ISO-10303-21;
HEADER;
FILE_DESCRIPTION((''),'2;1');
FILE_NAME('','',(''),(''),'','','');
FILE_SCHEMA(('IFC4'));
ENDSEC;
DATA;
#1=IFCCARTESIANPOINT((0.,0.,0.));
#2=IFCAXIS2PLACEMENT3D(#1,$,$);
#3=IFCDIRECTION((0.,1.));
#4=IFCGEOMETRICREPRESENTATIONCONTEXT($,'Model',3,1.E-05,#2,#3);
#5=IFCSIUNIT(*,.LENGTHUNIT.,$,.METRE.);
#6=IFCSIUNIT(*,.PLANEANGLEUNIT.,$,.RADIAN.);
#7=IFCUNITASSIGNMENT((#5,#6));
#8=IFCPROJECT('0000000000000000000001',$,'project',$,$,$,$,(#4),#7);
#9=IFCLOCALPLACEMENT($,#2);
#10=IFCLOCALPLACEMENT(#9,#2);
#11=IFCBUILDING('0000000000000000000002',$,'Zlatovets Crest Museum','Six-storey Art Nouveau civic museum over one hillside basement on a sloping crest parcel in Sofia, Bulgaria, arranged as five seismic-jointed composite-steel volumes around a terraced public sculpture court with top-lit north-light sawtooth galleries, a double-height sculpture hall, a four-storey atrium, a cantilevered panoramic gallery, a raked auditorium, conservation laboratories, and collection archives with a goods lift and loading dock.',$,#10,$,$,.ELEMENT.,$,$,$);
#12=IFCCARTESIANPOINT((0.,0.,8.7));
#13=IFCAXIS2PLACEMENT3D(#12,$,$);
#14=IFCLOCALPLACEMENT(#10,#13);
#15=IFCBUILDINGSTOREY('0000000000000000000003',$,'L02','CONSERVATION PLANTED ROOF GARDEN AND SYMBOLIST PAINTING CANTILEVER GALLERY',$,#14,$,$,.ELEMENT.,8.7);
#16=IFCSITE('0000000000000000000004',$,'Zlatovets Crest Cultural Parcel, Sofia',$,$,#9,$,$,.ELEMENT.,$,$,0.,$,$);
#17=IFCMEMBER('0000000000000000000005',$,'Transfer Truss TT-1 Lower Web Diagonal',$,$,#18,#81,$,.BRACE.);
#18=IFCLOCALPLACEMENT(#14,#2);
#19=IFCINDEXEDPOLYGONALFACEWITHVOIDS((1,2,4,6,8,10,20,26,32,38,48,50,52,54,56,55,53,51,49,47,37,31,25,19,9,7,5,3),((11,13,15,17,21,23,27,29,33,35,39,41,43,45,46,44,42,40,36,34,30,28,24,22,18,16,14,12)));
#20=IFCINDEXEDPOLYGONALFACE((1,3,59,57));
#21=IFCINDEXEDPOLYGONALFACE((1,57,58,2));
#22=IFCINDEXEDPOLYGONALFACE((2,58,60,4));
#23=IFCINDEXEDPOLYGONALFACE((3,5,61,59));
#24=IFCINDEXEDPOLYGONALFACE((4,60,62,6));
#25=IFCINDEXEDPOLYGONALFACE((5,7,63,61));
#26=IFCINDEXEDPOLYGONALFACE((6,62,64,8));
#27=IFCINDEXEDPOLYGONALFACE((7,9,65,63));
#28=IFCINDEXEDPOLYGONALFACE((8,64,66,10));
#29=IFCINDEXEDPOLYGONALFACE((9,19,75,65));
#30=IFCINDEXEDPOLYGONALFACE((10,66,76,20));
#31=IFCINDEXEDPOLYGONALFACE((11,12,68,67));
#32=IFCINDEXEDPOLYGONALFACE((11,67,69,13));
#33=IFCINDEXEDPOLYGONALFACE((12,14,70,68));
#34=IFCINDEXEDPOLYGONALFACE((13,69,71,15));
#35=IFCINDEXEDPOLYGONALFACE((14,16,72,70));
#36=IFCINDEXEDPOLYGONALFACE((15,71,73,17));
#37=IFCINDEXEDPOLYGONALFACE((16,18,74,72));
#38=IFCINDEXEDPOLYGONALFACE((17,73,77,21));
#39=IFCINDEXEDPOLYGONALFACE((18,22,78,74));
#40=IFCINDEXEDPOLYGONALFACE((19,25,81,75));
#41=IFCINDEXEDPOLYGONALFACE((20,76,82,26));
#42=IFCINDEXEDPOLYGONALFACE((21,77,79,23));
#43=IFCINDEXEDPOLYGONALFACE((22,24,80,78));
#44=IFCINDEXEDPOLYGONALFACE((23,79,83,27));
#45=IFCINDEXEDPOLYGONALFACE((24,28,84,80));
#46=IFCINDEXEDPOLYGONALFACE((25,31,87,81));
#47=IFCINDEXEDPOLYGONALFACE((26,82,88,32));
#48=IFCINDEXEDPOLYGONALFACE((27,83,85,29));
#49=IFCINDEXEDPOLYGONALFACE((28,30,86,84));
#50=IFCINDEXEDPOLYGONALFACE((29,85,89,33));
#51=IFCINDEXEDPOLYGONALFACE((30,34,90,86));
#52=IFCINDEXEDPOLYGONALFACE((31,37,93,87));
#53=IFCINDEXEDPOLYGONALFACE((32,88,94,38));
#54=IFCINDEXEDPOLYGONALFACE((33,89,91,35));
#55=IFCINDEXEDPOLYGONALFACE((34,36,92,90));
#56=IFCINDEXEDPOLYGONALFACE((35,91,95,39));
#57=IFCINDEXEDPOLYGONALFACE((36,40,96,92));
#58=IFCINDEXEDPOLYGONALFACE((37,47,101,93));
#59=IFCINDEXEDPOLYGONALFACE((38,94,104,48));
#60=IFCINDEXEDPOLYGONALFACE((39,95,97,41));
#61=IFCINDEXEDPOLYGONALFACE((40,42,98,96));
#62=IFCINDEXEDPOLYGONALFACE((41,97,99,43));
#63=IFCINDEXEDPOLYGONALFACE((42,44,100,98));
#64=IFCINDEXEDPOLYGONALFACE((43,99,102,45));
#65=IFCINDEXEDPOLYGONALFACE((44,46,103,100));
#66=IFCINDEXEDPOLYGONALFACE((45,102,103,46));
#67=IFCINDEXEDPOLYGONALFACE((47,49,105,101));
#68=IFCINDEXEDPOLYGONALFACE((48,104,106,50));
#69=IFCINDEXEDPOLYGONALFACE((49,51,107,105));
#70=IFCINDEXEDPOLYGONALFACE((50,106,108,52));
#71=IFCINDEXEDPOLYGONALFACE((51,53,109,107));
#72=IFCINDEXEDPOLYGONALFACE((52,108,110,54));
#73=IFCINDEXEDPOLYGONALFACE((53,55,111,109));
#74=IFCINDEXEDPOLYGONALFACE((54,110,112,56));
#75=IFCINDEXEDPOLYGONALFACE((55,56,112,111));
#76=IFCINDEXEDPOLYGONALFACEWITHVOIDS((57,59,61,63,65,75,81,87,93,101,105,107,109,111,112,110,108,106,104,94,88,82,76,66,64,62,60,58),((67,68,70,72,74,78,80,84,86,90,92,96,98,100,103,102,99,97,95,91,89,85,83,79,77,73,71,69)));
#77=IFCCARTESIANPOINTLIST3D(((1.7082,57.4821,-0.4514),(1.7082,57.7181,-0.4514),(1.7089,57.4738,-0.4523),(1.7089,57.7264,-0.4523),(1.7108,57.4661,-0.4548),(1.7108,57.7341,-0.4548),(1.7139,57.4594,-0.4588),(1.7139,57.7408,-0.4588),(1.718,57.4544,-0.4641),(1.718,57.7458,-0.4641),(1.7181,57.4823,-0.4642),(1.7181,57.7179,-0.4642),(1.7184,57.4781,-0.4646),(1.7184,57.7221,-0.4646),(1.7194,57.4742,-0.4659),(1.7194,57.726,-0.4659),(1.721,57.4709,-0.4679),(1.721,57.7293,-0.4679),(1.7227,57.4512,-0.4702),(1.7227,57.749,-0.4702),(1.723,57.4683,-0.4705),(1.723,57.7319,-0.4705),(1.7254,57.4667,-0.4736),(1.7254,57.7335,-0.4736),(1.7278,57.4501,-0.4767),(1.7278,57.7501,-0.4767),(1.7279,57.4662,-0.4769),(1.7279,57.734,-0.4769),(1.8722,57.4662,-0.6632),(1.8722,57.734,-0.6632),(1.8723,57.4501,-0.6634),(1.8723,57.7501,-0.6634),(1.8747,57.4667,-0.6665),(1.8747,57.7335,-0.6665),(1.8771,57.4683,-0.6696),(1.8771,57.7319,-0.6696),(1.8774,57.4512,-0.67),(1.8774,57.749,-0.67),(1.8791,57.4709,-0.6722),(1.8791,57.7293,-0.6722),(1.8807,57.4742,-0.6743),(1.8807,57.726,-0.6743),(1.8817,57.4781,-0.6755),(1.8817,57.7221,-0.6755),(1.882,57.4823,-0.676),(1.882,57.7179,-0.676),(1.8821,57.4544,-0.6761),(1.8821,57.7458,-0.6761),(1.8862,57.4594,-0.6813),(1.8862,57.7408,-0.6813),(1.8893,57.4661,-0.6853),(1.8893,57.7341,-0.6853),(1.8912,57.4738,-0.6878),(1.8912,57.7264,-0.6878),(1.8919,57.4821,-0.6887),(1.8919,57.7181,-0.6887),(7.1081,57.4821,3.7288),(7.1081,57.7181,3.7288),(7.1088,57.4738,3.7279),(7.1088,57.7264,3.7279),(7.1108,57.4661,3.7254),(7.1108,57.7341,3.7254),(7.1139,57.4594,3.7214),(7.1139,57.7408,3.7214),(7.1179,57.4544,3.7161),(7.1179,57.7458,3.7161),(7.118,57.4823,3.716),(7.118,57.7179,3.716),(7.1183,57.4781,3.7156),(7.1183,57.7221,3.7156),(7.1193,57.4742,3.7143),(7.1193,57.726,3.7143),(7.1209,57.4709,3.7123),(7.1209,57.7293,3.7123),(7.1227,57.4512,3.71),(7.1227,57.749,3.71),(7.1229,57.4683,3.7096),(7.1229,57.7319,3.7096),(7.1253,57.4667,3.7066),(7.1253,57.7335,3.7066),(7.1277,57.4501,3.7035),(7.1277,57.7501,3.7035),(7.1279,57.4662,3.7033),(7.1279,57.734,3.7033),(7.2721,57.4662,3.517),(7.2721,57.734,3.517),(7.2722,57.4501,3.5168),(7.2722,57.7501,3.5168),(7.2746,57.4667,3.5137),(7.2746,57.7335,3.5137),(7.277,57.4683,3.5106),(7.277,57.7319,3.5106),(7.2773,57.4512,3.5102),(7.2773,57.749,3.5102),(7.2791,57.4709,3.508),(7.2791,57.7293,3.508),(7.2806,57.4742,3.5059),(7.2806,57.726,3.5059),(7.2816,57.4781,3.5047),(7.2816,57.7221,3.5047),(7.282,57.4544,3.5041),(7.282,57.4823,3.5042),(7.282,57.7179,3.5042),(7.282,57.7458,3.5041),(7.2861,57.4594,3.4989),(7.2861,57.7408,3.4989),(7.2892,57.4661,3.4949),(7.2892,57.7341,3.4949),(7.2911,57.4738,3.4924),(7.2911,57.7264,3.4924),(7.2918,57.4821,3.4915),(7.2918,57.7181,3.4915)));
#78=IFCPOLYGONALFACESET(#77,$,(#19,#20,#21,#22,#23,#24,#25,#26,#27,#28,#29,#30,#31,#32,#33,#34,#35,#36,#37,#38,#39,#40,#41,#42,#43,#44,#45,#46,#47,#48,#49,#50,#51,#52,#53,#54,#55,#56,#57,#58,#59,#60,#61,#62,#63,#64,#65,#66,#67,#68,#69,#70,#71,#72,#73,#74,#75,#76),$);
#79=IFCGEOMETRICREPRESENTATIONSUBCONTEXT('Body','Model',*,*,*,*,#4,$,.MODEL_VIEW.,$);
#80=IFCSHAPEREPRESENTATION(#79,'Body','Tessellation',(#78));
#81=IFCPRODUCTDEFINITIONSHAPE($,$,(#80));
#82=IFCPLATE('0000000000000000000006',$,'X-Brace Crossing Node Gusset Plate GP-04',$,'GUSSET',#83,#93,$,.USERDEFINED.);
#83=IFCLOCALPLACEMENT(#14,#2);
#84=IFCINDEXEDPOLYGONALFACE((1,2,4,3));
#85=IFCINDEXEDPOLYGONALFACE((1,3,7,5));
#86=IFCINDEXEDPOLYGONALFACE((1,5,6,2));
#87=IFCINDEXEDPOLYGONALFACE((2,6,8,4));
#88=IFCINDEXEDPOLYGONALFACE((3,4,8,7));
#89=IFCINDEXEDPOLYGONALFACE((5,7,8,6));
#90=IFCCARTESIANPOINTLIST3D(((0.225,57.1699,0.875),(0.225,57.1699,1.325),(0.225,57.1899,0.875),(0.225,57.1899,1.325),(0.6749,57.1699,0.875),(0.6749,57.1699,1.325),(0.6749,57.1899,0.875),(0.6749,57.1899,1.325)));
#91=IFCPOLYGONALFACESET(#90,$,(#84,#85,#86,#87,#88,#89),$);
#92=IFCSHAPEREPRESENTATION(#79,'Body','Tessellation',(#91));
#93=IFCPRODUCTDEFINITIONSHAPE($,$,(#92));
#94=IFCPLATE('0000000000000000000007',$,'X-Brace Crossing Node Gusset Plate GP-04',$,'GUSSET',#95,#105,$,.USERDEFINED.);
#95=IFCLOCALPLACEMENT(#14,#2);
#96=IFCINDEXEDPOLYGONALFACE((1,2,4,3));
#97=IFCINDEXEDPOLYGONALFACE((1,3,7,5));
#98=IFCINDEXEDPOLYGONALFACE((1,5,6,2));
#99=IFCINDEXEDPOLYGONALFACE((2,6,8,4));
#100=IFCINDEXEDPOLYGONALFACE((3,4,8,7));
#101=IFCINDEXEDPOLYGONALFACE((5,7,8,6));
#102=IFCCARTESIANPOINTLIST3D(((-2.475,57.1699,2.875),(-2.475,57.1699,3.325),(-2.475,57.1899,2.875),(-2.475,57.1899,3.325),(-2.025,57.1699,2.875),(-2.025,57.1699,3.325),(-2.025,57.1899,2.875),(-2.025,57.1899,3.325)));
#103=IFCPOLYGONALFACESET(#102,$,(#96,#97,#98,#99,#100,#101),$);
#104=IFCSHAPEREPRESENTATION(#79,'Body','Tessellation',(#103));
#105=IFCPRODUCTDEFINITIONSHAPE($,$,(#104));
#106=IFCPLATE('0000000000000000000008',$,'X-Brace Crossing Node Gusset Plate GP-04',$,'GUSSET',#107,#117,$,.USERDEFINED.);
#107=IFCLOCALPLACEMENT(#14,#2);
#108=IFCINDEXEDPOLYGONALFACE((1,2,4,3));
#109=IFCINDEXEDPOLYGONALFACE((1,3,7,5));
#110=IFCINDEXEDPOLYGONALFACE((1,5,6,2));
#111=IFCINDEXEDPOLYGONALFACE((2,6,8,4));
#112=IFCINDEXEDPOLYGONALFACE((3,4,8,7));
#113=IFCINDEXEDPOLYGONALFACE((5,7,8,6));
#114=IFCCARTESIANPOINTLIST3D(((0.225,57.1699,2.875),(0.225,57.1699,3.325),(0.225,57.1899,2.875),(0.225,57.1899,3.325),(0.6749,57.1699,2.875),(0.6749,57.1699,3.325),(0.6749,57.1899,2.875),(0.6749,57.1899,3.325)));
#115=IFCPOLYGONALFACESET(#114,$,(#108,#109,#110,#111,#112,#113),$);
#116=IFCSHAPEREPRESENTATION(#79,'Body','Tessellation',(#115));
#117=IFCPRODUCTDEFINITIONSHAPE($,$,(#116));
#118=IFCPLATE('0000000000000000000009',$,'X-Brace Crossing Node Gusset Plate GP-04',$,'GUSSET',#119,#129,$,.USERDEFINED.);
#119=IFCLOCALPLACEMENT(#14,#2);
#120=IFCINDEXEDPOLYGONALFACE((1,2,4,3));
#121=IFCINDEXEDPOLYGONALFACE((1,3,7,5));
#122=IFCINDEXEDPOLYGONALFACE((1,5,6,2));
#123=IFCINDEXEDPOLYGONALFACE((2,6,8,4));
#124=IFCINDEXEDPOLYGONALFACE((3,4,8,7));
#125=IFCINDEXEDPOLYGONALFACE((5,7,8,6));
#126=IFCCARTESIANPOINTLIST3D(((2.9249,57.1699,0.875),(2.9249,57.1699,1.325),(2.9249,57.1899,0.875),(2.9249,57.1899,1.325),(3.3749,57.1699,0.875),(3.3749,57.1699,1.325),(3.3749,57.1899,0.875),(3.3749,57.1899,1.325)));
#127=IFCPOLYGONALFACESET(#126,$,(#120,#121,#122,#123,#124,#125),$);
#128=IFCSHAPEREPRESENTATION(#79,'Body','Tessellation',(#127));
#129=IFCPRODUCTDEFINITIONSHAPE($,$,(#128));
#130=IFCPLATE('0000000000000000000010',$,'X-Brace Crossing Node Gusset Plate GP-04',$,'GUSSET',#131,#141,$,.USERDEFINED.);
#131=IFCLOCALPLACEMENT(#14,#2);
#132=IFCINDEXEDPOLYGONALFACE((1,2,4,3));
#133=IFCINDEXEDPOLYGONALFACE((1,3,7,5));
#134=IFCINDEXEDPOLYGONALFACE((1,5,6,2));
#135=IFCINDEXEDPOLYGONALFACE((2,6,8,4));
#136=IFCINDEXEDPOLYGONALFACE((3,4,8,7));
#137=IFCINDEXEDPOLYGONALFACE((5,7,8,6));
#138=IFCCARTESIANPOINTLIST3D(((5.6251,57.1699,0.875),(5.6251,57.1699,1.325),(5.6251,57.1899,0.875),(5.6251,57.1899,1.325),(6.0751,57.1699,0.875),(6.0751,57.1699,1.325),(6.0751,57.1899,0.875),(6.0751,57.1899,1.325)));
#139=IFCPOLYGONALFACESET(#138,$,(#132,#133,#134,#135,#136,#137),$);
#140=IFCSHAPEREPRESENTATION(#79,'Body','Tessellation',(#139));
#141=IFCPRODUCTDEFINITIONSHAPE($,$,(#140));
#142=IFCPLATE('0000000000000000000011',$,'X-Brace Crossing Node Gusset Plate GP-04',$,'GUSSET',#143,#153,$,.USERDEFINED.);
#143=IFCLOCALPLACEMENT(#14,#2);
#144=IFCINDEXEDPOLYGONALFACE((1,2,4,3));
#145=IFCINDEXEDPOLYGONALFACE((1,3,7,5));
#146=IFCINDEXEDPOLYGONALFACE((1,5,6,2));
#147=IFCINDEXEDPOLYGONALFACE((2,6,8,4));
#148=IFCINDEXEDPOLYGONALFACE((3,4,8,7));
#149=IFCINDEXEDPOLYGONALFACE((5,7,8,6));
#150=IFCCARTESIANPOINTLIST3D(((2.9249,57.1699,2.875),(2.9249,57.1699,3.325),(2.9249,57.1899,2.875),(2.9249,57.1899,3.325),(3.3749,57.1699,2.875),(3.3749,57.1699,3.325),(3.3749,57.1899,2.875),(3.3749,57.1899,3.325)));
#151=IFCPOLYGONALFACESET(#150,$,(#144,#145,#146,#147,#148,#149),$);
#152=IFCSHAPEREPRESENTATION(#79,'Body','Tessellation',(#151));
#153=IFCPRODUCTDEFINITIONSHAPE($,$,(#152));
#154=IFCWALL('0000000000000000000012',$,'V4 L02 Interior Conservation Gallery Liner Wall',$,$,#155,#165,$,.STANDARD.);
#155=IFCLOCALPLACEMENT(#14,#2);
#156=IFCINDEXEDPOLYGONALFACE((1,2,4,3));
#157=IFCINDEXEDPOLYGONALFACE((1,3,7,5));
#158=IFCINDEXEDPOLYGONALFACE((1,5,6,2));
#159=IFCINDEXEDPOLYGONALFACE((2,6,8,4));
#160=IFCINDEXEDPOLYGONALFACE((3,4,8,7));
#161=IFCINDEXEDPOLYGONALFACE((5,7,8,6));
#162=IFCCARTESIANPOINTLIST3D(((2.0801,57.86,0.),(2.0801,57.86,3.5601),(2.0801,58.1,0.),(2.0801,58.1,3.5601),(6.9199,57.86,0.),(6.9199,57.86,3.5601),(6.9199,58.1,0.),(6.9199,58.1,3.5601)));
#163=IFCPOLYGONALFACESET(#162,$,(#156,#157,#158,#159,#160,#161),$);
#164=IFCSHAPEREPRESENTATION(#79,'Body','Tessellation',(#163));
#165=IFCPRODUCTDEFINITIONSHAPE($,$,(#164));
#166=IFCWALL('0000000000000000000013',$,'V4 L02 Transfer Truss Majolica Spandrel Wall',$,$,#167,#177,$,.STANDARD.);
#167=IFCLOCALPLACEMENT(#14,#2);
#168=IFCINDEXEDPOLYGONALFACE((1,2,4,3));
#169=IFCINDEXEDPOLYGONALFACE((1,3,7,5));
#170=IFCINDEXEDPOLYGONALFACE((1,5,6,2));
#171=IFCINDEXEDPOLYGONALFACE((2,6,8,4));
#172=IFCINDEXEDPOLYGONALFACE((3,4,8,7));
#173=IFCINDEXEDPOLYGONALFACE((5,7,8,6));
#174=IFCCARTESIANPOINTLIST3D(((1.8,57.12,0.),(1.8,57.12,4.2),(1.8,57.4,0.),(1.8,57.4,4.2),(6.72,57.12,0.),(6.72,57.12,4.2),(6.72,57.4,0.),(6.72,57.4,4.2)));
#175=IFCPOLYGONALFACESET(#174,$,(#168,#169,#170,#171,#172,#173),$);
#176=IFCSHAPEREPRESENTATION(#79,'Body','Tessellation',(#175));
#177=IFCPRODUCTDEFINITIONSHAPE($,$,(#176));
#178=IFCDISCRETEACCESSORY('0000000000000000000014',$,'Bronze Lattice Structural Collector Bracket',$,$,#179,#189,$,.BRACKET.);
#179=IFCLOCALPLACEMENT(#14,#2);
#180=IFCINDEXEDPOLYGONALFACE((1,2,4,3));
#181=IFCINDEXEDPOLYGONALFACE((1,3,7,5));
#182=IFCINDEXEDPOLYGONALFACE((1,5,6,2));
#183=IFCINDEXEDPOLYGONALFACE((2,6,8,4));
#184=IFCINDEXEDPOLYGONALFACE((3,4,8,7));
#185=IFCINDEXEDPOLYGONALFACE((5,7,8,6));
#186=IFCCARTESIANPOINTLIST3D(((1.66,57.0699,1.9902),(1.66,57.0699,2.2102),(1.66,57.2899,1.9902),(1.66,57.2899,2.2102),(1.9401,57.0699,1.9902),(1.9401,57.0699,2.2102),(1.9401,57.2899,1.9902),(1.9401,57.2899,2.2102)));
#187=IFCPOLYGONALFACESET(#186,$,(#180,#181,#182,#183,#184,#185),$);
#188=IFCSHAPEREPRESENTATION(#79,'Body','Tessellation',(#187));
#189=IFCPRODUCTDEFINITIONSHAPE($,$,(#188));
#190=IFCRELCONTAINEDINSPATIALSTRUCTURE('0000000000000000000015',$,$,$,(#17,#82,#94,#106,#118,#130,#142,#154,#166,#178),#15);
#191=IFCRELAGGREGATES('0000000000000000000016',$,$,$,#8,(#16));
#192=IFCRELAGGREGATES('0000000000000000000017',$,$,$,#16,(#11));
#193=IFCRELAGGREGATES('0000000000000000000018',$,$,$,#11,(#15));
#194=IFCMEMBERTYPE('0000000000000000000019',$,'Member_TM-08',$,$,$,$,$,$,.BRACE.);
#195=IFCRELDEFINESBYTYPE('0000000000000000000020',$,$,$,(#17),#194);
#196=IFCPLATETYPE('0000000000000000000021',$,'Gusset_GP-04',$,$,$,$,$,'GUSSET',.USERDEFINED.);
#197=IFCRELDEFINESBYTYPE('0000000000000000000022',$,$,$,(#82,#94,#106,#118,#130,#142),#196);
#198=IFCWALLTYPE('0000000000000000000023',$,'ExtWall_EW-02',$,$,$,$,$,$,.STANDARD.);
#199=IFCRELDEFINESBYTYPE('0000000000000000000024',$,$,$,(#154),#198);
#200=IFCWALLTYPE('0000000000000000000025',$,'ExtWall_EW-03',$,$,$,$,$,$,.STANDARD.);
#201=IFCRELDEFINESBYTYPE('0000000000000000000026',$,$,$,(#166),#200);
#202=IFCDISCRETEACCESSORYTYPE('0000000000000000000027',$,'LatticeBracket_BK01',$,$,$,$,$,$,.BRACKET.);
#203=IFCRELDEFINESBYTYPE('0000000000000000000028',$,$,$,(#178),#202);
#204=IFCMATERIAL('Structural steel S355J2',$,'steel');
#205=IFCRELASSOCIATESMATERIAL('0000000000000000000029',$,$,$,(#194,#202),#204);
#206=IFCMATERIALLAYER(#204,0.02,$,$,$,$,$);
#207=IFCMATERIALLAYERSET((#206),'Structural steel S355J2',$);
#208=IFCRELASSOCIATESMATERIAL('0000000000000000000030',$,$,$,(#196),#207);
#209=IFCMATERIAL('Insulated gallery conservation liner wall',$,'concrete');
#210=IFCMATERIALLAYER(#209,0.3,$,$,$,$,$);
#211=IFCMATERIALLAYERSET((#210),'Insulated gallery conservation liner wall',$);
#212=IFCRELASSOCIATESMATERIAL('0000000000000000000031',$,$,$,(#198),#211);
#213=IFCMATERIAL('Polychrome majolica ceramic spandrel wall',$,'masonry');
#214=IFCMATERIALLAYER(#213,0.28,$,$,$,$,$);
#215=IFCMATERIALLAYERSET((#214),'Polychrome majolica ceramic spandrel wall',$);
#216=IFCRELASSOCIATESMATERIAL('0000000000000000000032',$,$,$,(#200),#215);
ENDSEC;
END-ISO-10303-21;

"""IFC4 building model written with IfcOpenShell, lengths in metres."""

from ifc_helpers import new_model, si_unit, direction, frame, frame_2d, origin, origin_2d, place, context, subcontext, project, spatial, rectangle, hollow_rectangle, extrude, material, layer, layer_set, material_profile, profile_set, type_object, element, save


model = new_model("IFC4")

# Units and contexts
model_context = context("Model", 3, precision=1e-05, world=origin(), true_north=direction((0.0, 1.0)))
body_context = subcontext(model_context, "Body", "Model", "MODEL_VIEW")
ifc_project = project(units=[si_unit("LENGTHUNIT", "METRE"), si_unit("PLANEANGLEUNIT", "RADIAN")], contexts=[model_context])

# Site, building, storey
site_placement = place(None, origin())
site = spatial("IfcSite", under=ifc_project, at=site_placement, Name="Zlatovets Crest Cultural Parcel, Sofia", CompositionType="ELEMENT", RefElevation=0.0)
building_placement = place(site_placement, origin())
building = spatial("IfcBuilding", under=site, at=building_placement, Name="Zlatovets Crest Museum", Description="Six-storey Art Nouveau civic museum over one hillside basement on a sloping crest parcel in Sofia, Bulgaria, arranged as five seismic-jointed composite-steel volumes around a terraced public sculpture court with top-lit north-light sawtooth galleries, a double-height sculpture hall, a four-storey atrium, a cantilevered panoramic gallery, a raked auditorium, conservation laboratories, and collection archives with a goods lift and loading dock.", CompositionType="ELEMENT")
storey_placement = place(building_placement, frame((0.0, 0.0, 8.7)))
storey = spatial("IfcBuildingStorey", under=building, at=storey_placement, Name="L02", Description="CONSERVATION PLANTED ROOF GARDEN AND SYMBOLIST PAINTING CANTILEVER GALLERY", CompositionType="ELEMENT", Elevation=8.7)

# Shared definitions
ifc_material_1 = material(Name="Structural steel S355J2", Category="steel")

# Member
ifc_material_profile_1 = material_profile(ifc_material_1, hollow_rectangle(XDim=0.3, YDim=0.3, WallThickness=0.0161, InnerFilletRadius=0.0161, OuterFilletRadius=0.032, at=origin_2d()), Name="SHS 300x300x16.0")
ifc_profile_set_1 = profile_set([ifc_material_profile_1], Name="Structural steel S355J2")
member_type_1 = type_object("IfcMemberType", Name="Member_TM-08", PredefinedType="BRACE", material=ifc_profile_set_1)
member_1_placement = place(storey_placement, frame((1.8, 57.6001, -0.5701), z_axis=(0.790752, 0.0, 0.612137), x_axis=(0.0, 1.0, 0.0)))
element("IfcMember", 1, at=member_1_placement, inside=storey, type_object=member_type_1, Name="Transfer Truss TT-1 Lower Web Diagonal", PredefinedType="BRACE", context=body_context, shape_type="SweptSolid", body=[
    extrude(hollow_rectangle(XDim=0.3, YDim=0.3, WallThickness=0.0161, InnerFilletRadius=0.0161, OuterFilletRadius=0.032, at=origin_2d()), origin(), (0.0, 0.0, 1.0), 6.8289),
])

# Plates
ifc_layer_1 = layer(ifc_material_1, 0.02)
ifc_layer_set_1 = layer_set([ifc_layer_1], Name="Structural steel S355J2")
plate_type = type_object("IfcPlateType", Name="Gusset_GP-04", ElementType="GUSSET", PredefinedType="USERDEFINED", material=ifc_layer_set_1)
for number, where, z_axis, x_axis, name in (
    (2, (0.45, 57.1799, 0.875), (0.0, 0.0, 1.0), (1.0, 0.0, 0.0), "X-Brace Crossing Node Gusset Plate GP-04"),
    (3, (-2.25, 57.1799, 2.875), (0.0, 0.0, 1.0), (1.0, 0.0, 0.0), "X-Brace Crossing Node Gusset Plate GP-04"),
    (4, (0.45, 57.1799, 2.875), (0.0, 0.0, 1.0), (1.0, 0.0, 0.0), "X-Brace Crossing Node Gusset Plate GP-04"),
    (5, (3.1499, 57.1799, 0.875), (0.0, 0.0, 1.0), (1.0, 0.0, 0.0), "X-Brace Crossing Node Gusset Plate GP-04"),
    (6, (5.8501, 57.1799, 0.875), (0.0, 0.0, 1.0), (1.0, 0.0, 0.0), "X-Brace Crossing Node Gusset Plate GP-04"),
    (7, (3.1499, 57.1799, 2.875), (0.0, 0.0, 1.0), (1.0, 0.0, 0.0), "X-Brace Crossing Node Gusset Plate GP-04"),
):
    element("IfcPlate", number, at=place(storey_placement, frame(where, z_axis=z_axis, x_axis=x_axis)), inside=storey, type_object=plate_type, Name=name, ObjectType="GUSSET", PredefinedType="USERDEFINED", context=body_context, shape_type="SweptSolid", body=[
        extrude(rectangle(XDim=0.45, YDim=0.02, at=origin_2d()), origin(), (0.0, 0.0, 1.0), 0.45),
    ])

# Walls
ifc_material_2 = material(Name="Insulated gallery conservation liner wall", Category="concrete")
ifc_layer_2 = layer(ifc_material_2, 0.3)
ifc_layer_set_2 = layer_set([ifc_layer_2], Name="Insulated gallery conservation liner wall")
wall_type_1 = type_object("IfcWallType", Name="ExtWall_EW-02", PredefinedType="STANDARD", material=ifc_layer_set_2)
wall_1_placement = place(storey_placement, frame((2.0801, 57.98, 0.0), z_axis=(0.0, 0.0, 1.0), x_axis=(1.0, 0.0, 0.0)))
element("IfcWall", 8, at=wall_1_placement, inside=storey, type_object=wall_type_1, Name="V4 L02 Interior Conservation Gallery Liner Wall", PredefinedType="STANDARD", context=body_context, shape_type="SweptSolid", body=[
    extrude(rectangle(XDim=4.8398, YDim=0.24, at=frame_2d((2.4199, 0.0))), origin(), (0.0, 0.0, 1.0), 3.5601),
])
ifc_material_3 = material(Name="Polychrome majolica ceramic spandrel wall", Category="masonry")
ifc_layer_3 = layer(ifc_material_3, 0.28)
ifc_layer_set_3 = layer_set([ifc_layer_3], Name="Polychrome majolica ceramic spandrel wall")
wall_type_2 = type_object("IfcWallType", Name="ExtWall_EW-03", PredefinedType="STANDARD", material=ifc_layer_set_3)
wall_2_placement = place(storey_placement, frame((1.8, 57.26, 0.0), z_axis=(0.0, 0.0, 1.0), x_axis=(1.0, 0.0, 0.0)))
element("IfcWall", 9, at=wall_2_placement, inside=storey, type_object=wall_type_2, Name="V4 L02 Transfer Truss Majolica Spandrel Wall", PredefinedType="STANDARD", context=body_context, shape_type="SweptSolid", body=[
    extrude(rectangle(XDim=4.9199, YDim=0.28, at=frame_2d((2.46, 0.0))), origin(), (0.0, 0.0, 1.0), 4.2),
])

# Discrete accessory
discrete_accessory_type = type_object("IfcDiscreteAccessoryType", Name="LatticeBracket_BK01", PredefinedType="BRACKET", material=ifc_material_1)
discrete_accessory_placement = place(storey_placement, frame((1.8, 57.1799, 1.9902), z_axis=(0.0, 0.0, 1.0), x_axis=(1.0, 0.0, 0.0)))
element("IfcDiscreteAccessory", 10, at=discrete_accessory_placement, inside=storey, type_object=discrete_accessory_type, Name="Bronze Lattice Structural Collector Bracket", PredefinedType="BRACKET", context=body_context, shape_type="SweptSolid", body=[
    extrude(rectangle(XDim=0.28, YDim=0.22, at=origin_2d()), origin(), (0.0, 0.0, 1.0), 0.22),
])

save(model, "model.ifc")
